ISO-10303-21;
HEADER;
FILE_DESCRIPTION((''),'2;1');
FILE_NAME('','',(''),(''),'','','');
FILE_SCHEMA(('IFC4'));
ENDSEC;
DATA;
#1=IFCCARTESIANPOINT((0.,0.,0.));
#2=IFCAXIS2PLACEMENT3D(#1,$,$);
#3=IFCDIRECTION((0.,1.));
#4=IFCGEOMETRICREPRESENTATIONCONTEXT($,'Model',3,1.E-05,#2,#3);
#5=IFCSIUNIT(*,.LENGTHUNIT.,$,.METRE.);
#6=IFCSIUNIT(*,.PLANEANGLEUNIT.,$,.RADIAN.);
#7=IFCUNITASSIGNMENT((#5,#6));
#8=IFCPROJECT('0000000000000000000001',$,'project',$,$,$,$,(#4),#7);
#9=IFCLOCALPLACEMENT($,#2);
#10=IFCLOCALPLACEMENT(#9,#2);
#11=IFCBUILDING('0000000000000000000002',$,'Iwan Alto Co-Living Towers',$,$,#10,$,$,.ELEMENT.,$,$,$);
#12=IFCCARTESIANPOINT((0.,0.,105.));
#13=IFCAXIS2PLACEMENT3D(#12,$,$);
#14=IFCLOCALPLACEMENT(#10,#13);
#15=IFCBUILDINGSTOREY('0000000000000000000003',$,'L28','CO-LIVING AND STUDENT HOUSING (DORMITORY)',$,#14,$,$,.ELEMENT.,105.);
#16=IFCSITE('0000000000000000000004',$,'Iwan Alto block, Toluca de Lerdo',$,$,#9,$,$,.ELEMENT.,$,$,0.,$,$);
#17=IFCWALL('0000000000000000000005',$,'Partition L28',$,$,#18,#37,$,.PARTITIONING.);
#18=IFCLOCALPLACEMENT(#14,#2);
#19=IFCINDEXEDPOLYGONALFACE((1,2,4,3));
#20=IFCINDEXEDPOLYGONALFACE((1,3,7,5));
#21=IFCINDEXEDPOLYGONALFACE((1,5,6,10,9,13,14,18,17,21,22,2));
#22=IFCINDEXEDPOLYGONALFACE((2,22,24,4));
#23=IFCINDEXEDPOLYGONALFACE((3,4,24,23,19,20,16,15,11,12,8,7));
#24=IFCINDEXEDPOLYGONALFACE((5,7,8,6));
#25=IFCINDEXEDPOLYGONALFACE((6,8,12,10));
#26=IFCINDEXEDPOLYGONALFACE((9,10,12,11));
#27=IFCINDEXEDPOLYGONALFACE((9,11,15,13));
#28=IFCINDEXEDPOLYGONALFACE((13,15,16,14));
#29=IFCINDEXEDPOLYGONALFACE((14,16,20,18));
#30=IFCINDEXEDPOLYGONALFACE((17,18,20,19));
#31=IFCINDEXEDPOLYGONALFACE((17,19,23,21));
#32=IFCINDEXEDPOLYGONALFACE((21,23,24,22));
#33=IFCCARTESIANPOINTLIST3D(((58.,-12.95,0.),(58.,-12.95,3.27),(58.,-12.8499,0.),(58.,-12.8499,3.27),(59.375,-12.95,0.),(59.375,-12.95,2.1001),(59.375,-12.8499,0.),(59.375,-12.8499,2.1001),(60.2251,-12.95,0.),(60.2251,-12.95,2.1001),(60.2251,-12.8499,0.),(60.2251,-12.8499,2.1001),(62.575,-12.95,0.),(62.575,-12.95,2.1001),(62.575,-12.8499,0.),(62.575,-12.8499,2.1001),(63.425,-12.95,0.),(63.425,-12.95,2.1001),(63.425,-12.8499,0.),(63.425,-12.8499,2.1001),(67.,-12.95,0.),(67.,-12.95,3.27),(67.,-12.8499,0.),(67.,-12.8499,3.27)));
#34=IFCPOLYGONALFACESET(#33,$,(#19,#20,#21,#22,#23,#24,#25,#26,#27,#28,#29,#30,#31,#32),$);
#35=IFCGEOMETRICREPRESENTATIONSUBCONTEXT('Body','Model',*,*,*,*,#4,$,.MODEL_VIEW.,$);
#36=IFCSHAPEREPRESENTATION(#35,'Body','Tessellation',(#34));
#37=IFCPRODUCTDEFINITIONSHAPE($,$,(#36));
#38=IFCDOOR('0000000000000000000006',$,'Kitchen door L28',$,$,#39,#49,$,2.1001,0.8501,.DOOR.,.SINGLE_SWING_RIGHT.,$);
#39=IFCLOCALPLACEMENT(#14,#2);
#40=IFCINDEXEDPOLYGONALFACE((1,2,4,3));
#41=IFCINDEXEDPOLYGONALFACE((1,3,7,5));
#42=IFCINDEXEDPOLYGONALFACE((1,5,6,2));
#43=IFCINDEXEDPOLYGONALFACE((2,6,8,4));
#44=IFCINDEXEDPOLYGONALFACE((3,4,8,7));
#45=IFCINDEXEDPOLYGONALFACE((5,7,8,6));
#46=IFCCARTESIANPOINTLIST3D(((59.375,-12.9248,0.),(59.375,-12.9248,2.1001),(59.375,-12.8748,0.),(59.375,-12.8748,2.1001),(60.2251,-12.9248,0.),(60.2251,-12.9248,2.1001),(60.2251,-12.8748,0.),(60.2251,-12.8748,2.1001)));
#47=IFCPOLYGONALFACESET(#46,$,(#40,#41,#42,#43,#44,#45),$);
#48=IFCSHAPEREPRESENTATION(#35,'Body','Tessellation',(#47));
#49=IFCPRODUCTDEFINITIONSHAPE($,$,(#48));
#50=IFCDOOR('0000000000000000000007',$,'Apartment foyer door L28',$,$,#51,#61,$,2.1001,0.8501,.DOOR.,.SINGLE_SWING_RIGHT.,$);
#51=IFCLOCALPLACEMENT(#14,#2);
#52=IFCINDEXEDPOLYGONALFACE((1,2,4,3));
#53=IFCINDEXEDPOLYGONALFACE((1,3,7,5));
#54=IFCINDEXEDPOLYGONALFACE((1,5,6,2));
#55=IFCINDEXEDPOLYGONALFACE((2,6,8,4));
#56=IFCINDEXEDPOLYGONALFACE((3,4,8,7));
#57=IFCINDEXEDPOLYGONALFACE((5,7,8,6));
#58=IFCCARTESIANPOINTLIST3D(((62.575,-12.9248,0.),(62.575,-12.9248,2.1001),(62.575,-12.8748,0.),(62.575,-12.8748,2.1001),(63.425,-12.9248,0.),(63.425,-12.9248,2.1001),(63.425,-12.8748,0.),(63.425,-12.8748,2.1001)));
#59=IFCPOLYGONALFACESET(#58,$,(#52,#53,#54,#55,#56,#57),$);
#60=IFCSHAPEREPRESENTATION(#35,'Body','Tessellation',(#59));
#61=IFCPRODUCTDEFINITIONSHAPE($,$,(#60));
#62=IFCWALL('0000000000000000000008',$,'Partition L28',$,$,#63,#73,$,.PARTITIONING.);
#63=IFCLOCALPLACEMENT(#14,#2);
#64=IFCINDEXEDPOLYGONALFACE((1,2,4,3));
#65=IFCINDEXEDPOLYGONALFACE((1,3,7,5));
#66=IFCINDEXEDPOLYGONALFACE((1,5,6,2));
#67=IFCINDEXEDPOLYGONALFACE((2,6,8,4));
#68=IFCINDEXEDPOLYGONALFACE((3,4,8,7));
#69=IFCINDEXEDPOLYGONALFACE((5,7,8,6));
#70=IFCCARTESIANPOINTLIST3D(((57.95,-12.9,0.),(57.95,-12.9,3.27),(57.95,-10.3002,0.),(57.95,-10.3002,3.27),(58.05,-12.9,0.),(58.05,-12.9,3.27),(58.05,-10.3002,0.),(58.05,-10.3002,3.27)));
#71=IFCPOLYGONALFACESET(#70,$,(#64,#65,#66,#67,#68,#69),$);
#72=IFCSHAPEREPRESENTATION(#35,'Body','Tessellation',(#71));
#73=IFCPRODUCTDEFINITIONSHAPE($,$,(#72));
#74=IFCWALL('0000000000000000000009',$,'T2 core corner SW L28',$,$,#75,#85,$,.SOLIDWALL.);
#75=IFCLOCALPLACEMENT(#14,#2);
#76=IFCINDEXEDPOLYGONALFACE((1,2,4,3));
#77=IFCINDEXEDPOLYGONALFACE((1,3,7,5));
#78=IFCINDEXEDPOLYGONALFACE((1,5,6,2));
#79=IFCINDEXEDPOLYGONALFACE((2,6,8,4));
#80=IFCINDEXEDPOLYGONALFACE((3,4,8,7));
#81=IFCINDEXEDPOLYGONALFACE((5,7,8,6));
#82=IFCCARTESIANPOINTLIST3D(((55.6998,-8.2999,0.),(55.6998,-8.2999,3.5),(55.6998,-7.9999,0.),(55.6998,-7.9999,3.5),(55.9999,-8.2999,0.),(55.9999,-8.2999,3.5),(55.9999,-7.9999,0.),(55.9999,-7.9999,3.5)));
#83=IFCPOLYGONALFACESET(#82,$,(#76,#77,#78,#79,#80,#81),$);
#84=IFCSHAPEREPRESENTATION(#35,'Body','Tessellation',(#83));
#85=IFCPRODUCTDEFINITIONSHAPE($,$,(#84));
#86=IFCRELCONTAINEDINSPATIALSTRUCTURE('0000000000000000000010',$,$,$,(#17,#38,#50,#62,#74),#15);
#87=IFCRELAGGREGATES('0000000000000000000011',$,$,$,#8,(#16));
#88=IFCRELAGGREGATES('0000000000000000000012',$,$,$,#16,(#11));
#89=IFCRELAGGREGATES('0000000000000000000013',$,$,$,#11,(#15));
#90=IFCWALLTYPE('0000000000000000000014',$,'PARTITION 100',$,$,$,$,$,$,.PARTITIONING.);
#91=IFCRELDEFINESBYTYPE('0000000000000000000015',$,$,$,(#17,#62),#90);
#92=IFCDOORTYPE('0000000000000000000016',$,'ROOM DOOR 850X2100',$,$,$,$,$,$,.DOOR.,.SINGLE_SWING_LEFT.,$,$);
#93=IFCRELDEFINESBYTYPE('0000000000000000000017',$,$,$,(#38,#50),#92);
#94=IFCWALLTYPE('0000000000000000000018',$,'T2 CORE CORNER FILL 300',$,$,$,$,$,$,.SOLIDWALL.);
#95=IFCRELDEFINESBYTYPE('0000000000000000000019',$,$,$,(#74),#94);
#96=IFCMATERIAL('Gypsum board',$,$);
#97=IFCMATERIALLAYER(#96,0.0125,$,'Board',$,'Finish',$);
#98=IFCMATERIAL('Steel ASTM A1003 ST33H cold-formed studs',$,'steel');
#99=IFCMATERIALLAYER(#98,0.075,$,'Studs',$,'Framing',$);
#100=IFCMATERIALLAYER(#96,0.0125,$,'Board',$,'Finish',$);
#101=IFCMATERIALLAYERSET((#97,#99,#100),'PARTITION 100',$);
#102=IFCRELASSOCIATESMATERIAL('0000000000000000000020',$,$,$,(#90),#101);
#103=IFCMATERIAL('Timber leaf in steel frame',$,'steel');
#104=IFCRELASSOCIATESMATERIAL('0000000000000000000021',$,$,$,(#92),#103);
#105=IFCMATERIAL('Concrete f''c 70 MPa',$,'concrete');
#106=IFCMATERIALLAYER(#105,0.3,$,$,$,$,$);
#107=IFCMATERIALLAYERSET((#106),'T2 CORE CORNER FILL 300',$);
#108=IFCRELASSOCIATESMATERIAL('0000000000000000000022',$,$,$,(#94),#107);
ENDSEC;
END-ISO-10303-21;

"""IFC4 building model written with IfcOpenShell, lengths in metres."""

from ifc_helpers import new_model, si_unit, direction, frame, frame_2d, origin, place, context, subcontext, project, spatial, rectangle, extrude, material, layer, layer_set, type_object, element, fill, save


model = new_model("IFC4")

# Units and contexts
model_context = context("Model", 3, precision=1e-05, world=origin(), true_north=direction((0.0, 1.0)))
body_context = subcontext(model_context, "Body", "Model", "MODEL_VIEW")
ifc_project = project(units=[si_unit("LENGTHUNIT", "METRE"), si_unit("PLANEANGLEUNIT", "RADIAN")], contexts=[model_context])

# Site, building, storey
site_placement = place(None, origin())
site = spatial("IfcSite", under=ifc_project, at=site_placement, Name="Iwan Alto block, Toluca de Lerdo", CompositionType="ELEMENT", RefElevation=0.0)
building_placement = place(site_placement, origin())
building = spatial("IfcBuilding", under=site, at=building_placement, Name="Iwan Alto Co-Living Towers", CompositionType="ELEMENT")
storey_placement = place(building_placement, frame((0.0, 0.0, 105.0)))
storey = spatial("IfcBuildingStorey", under=building, at=storey_placement, Name="L28", Description="CO-LIVING AND STUDENT HOUSING (DORMITORY)", CompositionType="ELEMENT", Elevation=105.0)

# Shared definitions
ifc_material_1 = material(Name="Gypsum board")
ifc_material_2 = material(Name="Steel ASTM A1003 ST33H cold-formed studs", Category="steel")

# Wall, openings, doors
ifc_layer_1 = layer(ifc_material_1, 0.0125, Name="Board", Category="Finish")
ifc_layer_2 = layer(ifc_material_2, 0.075, Name="Studs", Category="Framing")
ifc_layer_3 = layer(ifc_material_1, 0.0125, Name="Board", Category="Finish")
ifc_layer_set_1 = layer_set([ifc_layer_1, ifc_layer_2, ifc_layer_3], Name="PARTITION 100")
wall_type_1 = type_object("IfcWallType", Name="PARTITION 100", PredefinedType="PARTITIONING", material=ifc_layer_set_1)
wall_1_placement = place(storey_placement, frame((58.0, -12.8999, 0.0), z_axis=(0.0, 0.0, 1.0), x_axis=(1.0, 0.0, 0.0)))
wall_1 = element("IfcWall", 1, at=wall_1_placement, inside=storey, type_object=wall_type_1, Name="Partition L28", PredefinedType="PARTITIONING", context=body_context, shape_type="SweptSolid", body=[
    extrude(rectangle(XDim=9.0, YDim=0.1001, at=frame_2d((4.5, 0.0))), origin(), (0.0, 0.0, 1.0), 3.27),
])
opening_1_placement = place(wall_1_placement, frame((1.375, 0.0, 0.0)))
opening_1 = element("IfcOpeningElement", 2, at=opening_1_placement, cuts=wall_1, PredefinedType="OPENING", context=body_context, shape_type="SweptSolid", body=[
    extrude(rectangle(XDim=0.8501, YDim=2.1001, at=frame_2d((0.425, 1.05))), frame((0.0, 0.0601, 0.0), z_axis=(0.0, -1.0, 0.0), x_axis=(1.0, 0.0, 0.0)), (0.0, 0.0, 1.0), 0.1201),
])
opening_2_placement = place(wall_1_placement, frame((4.575, 0.0, 0.0)))
opening_2 = element("IfcOpeningElement", 3, at=opening_2_placement, cuts=wall_1, PredefinedType="OPENING", context=body_context, shape_type="SweptSolid", body=[
    extrude(rectangle(XDim=0.8501, YDim=2.1001, at=frame_2d((0.425, 1.05))), frame((0.0, 0.0601, 0.0), z_axis=(0.0, -1.0, 0.0), x_axis=(1.0, 0.0, 0.0)), (0.0, 0.0, 1.0), 0.1201),
])
ifc_material_3 = material(Name="Timber leaf in steel frame", Category="steel")
door_type_1 = type_object("IfcDoorType", Name="ROOM DOOR 850X2100", OperationType="SINGLE_SWING_LEFT", PredefinedType="DOOR", material=ifc_material_3)
door_1_placement = place(opening_1_placement, frame((0.8501, 0.0, 0.0), z_axis=(0.0, 0.0, 1.0), x_axis=(-1.0, 0.0, 0.0)))
door_1 = element("IfcDoor", 4, at=door_1_placement, inside=storey, type_object=door_type_1, Name="Kitchen door L28", OperationType="SINGLE_SWING_RIGHT", OverallHeight=2.1001, OverallWidth=0.8501, PredefinedType="DOOR", context=body_context, shape_type="SweptSolid", body=[
    extrude(rectangle(XDim=0.8501, YDim=2.1001, at=frame_2d((0.425, 1.05))), frame((0.0, 0.0249, 0.0), z_axis=(0.0, -1.0, 0.0), x_axis=(1.0, 0.0, 0.0)), (0.0, 0.0, 1.0), 0.05),
])
fill(opening_1, door_1)
door_2_placement = place(opening_2_placement, frame((0.8501, 0.0, 0.0), z_axis=(0.0, 0.0, 1.0), x_axis=(-1.0, 0.0, 0.0)))
door_2 = element("IfcDoor", 5, at=door_2_placement, inside=storey, type_object=door_type_1, Name="Apartment foyer door L28", OperationType="SINGLE_SWING_RIGHT", OverallHeight=2.1001, OverallWidth=0.8501, PredefinedType="DOOR", context=body_context, shape_type="SweptSolid", body=[
    extrude(rectangle(XDim=0.8501, YDim=2.1001, at=frame_2d((0.425, 1.05))), frame((0.0, 0.0249, 0.0), z_axis=(0.0, -1.0, 0.0), x_axis=(1.0, 0.0, 0.0)), (0.0, 0.0, 1.0), 0.05),
])
fill(opening_2, door_2)

# Walls
wall_2_placement = place(storey_placement, frame((58.0, -12.8999, 0.0), z_axis=(0.0, 0.0, 1.0), x_axis=(0.0, 1.0, 0.0)))
element("IfcWall", 6, at=wall_2_placement, inside=storey, type_object=wall_type_1, Name="Partition L28", PredefinedType="PARTITIONING", context=body_context, shape_type="SweptSolid", body=[
    extrude(rectangle(XDim=2.5999, YDim=0.1001, at=frame_2d((1.2998, 0.0))), origin(), (0.0, 0.0, 1.0), 3.27),
])
ifc_material_4 = material(Name="Concrete f'c 70 MPa", Category="concrete")
ifc_layer_4 = layer(ifc_material_4, 0.3)
ifc_layer_set_2 = layer_set([ifc_layer_4], Name="T2 CORE CORNER FILL 300")
wall_type_2 = type_object("IfcWallType", Name="T2 CORE CORNER FILL 300", PredefinedType="SOLIDWALL", material=ifc_layer_set_2)
wall_3_placement = place(storey_placement, frame((55.7, -8.1499, 0.0), z_axis=(0.0, 0.0, 1.0), x_axis=(1.0, 0.0, 0.0)))
element("IfcWall", 7, at=wall_3_placement, inside=storey, type_object=wall_type_2, Name="T2 core corner SW L28", PredefinedType="SOLIDWALL", context=body_context, shape_type="SweptSolid", body=[
    extrude(rectangle(XDim=0.3, YDim=0.3, at=frame_2d((0.1499, 0.0))), origin(), (0.0, 0.0, 1.0), 3.5),
])

save(model, "model.ifc")
